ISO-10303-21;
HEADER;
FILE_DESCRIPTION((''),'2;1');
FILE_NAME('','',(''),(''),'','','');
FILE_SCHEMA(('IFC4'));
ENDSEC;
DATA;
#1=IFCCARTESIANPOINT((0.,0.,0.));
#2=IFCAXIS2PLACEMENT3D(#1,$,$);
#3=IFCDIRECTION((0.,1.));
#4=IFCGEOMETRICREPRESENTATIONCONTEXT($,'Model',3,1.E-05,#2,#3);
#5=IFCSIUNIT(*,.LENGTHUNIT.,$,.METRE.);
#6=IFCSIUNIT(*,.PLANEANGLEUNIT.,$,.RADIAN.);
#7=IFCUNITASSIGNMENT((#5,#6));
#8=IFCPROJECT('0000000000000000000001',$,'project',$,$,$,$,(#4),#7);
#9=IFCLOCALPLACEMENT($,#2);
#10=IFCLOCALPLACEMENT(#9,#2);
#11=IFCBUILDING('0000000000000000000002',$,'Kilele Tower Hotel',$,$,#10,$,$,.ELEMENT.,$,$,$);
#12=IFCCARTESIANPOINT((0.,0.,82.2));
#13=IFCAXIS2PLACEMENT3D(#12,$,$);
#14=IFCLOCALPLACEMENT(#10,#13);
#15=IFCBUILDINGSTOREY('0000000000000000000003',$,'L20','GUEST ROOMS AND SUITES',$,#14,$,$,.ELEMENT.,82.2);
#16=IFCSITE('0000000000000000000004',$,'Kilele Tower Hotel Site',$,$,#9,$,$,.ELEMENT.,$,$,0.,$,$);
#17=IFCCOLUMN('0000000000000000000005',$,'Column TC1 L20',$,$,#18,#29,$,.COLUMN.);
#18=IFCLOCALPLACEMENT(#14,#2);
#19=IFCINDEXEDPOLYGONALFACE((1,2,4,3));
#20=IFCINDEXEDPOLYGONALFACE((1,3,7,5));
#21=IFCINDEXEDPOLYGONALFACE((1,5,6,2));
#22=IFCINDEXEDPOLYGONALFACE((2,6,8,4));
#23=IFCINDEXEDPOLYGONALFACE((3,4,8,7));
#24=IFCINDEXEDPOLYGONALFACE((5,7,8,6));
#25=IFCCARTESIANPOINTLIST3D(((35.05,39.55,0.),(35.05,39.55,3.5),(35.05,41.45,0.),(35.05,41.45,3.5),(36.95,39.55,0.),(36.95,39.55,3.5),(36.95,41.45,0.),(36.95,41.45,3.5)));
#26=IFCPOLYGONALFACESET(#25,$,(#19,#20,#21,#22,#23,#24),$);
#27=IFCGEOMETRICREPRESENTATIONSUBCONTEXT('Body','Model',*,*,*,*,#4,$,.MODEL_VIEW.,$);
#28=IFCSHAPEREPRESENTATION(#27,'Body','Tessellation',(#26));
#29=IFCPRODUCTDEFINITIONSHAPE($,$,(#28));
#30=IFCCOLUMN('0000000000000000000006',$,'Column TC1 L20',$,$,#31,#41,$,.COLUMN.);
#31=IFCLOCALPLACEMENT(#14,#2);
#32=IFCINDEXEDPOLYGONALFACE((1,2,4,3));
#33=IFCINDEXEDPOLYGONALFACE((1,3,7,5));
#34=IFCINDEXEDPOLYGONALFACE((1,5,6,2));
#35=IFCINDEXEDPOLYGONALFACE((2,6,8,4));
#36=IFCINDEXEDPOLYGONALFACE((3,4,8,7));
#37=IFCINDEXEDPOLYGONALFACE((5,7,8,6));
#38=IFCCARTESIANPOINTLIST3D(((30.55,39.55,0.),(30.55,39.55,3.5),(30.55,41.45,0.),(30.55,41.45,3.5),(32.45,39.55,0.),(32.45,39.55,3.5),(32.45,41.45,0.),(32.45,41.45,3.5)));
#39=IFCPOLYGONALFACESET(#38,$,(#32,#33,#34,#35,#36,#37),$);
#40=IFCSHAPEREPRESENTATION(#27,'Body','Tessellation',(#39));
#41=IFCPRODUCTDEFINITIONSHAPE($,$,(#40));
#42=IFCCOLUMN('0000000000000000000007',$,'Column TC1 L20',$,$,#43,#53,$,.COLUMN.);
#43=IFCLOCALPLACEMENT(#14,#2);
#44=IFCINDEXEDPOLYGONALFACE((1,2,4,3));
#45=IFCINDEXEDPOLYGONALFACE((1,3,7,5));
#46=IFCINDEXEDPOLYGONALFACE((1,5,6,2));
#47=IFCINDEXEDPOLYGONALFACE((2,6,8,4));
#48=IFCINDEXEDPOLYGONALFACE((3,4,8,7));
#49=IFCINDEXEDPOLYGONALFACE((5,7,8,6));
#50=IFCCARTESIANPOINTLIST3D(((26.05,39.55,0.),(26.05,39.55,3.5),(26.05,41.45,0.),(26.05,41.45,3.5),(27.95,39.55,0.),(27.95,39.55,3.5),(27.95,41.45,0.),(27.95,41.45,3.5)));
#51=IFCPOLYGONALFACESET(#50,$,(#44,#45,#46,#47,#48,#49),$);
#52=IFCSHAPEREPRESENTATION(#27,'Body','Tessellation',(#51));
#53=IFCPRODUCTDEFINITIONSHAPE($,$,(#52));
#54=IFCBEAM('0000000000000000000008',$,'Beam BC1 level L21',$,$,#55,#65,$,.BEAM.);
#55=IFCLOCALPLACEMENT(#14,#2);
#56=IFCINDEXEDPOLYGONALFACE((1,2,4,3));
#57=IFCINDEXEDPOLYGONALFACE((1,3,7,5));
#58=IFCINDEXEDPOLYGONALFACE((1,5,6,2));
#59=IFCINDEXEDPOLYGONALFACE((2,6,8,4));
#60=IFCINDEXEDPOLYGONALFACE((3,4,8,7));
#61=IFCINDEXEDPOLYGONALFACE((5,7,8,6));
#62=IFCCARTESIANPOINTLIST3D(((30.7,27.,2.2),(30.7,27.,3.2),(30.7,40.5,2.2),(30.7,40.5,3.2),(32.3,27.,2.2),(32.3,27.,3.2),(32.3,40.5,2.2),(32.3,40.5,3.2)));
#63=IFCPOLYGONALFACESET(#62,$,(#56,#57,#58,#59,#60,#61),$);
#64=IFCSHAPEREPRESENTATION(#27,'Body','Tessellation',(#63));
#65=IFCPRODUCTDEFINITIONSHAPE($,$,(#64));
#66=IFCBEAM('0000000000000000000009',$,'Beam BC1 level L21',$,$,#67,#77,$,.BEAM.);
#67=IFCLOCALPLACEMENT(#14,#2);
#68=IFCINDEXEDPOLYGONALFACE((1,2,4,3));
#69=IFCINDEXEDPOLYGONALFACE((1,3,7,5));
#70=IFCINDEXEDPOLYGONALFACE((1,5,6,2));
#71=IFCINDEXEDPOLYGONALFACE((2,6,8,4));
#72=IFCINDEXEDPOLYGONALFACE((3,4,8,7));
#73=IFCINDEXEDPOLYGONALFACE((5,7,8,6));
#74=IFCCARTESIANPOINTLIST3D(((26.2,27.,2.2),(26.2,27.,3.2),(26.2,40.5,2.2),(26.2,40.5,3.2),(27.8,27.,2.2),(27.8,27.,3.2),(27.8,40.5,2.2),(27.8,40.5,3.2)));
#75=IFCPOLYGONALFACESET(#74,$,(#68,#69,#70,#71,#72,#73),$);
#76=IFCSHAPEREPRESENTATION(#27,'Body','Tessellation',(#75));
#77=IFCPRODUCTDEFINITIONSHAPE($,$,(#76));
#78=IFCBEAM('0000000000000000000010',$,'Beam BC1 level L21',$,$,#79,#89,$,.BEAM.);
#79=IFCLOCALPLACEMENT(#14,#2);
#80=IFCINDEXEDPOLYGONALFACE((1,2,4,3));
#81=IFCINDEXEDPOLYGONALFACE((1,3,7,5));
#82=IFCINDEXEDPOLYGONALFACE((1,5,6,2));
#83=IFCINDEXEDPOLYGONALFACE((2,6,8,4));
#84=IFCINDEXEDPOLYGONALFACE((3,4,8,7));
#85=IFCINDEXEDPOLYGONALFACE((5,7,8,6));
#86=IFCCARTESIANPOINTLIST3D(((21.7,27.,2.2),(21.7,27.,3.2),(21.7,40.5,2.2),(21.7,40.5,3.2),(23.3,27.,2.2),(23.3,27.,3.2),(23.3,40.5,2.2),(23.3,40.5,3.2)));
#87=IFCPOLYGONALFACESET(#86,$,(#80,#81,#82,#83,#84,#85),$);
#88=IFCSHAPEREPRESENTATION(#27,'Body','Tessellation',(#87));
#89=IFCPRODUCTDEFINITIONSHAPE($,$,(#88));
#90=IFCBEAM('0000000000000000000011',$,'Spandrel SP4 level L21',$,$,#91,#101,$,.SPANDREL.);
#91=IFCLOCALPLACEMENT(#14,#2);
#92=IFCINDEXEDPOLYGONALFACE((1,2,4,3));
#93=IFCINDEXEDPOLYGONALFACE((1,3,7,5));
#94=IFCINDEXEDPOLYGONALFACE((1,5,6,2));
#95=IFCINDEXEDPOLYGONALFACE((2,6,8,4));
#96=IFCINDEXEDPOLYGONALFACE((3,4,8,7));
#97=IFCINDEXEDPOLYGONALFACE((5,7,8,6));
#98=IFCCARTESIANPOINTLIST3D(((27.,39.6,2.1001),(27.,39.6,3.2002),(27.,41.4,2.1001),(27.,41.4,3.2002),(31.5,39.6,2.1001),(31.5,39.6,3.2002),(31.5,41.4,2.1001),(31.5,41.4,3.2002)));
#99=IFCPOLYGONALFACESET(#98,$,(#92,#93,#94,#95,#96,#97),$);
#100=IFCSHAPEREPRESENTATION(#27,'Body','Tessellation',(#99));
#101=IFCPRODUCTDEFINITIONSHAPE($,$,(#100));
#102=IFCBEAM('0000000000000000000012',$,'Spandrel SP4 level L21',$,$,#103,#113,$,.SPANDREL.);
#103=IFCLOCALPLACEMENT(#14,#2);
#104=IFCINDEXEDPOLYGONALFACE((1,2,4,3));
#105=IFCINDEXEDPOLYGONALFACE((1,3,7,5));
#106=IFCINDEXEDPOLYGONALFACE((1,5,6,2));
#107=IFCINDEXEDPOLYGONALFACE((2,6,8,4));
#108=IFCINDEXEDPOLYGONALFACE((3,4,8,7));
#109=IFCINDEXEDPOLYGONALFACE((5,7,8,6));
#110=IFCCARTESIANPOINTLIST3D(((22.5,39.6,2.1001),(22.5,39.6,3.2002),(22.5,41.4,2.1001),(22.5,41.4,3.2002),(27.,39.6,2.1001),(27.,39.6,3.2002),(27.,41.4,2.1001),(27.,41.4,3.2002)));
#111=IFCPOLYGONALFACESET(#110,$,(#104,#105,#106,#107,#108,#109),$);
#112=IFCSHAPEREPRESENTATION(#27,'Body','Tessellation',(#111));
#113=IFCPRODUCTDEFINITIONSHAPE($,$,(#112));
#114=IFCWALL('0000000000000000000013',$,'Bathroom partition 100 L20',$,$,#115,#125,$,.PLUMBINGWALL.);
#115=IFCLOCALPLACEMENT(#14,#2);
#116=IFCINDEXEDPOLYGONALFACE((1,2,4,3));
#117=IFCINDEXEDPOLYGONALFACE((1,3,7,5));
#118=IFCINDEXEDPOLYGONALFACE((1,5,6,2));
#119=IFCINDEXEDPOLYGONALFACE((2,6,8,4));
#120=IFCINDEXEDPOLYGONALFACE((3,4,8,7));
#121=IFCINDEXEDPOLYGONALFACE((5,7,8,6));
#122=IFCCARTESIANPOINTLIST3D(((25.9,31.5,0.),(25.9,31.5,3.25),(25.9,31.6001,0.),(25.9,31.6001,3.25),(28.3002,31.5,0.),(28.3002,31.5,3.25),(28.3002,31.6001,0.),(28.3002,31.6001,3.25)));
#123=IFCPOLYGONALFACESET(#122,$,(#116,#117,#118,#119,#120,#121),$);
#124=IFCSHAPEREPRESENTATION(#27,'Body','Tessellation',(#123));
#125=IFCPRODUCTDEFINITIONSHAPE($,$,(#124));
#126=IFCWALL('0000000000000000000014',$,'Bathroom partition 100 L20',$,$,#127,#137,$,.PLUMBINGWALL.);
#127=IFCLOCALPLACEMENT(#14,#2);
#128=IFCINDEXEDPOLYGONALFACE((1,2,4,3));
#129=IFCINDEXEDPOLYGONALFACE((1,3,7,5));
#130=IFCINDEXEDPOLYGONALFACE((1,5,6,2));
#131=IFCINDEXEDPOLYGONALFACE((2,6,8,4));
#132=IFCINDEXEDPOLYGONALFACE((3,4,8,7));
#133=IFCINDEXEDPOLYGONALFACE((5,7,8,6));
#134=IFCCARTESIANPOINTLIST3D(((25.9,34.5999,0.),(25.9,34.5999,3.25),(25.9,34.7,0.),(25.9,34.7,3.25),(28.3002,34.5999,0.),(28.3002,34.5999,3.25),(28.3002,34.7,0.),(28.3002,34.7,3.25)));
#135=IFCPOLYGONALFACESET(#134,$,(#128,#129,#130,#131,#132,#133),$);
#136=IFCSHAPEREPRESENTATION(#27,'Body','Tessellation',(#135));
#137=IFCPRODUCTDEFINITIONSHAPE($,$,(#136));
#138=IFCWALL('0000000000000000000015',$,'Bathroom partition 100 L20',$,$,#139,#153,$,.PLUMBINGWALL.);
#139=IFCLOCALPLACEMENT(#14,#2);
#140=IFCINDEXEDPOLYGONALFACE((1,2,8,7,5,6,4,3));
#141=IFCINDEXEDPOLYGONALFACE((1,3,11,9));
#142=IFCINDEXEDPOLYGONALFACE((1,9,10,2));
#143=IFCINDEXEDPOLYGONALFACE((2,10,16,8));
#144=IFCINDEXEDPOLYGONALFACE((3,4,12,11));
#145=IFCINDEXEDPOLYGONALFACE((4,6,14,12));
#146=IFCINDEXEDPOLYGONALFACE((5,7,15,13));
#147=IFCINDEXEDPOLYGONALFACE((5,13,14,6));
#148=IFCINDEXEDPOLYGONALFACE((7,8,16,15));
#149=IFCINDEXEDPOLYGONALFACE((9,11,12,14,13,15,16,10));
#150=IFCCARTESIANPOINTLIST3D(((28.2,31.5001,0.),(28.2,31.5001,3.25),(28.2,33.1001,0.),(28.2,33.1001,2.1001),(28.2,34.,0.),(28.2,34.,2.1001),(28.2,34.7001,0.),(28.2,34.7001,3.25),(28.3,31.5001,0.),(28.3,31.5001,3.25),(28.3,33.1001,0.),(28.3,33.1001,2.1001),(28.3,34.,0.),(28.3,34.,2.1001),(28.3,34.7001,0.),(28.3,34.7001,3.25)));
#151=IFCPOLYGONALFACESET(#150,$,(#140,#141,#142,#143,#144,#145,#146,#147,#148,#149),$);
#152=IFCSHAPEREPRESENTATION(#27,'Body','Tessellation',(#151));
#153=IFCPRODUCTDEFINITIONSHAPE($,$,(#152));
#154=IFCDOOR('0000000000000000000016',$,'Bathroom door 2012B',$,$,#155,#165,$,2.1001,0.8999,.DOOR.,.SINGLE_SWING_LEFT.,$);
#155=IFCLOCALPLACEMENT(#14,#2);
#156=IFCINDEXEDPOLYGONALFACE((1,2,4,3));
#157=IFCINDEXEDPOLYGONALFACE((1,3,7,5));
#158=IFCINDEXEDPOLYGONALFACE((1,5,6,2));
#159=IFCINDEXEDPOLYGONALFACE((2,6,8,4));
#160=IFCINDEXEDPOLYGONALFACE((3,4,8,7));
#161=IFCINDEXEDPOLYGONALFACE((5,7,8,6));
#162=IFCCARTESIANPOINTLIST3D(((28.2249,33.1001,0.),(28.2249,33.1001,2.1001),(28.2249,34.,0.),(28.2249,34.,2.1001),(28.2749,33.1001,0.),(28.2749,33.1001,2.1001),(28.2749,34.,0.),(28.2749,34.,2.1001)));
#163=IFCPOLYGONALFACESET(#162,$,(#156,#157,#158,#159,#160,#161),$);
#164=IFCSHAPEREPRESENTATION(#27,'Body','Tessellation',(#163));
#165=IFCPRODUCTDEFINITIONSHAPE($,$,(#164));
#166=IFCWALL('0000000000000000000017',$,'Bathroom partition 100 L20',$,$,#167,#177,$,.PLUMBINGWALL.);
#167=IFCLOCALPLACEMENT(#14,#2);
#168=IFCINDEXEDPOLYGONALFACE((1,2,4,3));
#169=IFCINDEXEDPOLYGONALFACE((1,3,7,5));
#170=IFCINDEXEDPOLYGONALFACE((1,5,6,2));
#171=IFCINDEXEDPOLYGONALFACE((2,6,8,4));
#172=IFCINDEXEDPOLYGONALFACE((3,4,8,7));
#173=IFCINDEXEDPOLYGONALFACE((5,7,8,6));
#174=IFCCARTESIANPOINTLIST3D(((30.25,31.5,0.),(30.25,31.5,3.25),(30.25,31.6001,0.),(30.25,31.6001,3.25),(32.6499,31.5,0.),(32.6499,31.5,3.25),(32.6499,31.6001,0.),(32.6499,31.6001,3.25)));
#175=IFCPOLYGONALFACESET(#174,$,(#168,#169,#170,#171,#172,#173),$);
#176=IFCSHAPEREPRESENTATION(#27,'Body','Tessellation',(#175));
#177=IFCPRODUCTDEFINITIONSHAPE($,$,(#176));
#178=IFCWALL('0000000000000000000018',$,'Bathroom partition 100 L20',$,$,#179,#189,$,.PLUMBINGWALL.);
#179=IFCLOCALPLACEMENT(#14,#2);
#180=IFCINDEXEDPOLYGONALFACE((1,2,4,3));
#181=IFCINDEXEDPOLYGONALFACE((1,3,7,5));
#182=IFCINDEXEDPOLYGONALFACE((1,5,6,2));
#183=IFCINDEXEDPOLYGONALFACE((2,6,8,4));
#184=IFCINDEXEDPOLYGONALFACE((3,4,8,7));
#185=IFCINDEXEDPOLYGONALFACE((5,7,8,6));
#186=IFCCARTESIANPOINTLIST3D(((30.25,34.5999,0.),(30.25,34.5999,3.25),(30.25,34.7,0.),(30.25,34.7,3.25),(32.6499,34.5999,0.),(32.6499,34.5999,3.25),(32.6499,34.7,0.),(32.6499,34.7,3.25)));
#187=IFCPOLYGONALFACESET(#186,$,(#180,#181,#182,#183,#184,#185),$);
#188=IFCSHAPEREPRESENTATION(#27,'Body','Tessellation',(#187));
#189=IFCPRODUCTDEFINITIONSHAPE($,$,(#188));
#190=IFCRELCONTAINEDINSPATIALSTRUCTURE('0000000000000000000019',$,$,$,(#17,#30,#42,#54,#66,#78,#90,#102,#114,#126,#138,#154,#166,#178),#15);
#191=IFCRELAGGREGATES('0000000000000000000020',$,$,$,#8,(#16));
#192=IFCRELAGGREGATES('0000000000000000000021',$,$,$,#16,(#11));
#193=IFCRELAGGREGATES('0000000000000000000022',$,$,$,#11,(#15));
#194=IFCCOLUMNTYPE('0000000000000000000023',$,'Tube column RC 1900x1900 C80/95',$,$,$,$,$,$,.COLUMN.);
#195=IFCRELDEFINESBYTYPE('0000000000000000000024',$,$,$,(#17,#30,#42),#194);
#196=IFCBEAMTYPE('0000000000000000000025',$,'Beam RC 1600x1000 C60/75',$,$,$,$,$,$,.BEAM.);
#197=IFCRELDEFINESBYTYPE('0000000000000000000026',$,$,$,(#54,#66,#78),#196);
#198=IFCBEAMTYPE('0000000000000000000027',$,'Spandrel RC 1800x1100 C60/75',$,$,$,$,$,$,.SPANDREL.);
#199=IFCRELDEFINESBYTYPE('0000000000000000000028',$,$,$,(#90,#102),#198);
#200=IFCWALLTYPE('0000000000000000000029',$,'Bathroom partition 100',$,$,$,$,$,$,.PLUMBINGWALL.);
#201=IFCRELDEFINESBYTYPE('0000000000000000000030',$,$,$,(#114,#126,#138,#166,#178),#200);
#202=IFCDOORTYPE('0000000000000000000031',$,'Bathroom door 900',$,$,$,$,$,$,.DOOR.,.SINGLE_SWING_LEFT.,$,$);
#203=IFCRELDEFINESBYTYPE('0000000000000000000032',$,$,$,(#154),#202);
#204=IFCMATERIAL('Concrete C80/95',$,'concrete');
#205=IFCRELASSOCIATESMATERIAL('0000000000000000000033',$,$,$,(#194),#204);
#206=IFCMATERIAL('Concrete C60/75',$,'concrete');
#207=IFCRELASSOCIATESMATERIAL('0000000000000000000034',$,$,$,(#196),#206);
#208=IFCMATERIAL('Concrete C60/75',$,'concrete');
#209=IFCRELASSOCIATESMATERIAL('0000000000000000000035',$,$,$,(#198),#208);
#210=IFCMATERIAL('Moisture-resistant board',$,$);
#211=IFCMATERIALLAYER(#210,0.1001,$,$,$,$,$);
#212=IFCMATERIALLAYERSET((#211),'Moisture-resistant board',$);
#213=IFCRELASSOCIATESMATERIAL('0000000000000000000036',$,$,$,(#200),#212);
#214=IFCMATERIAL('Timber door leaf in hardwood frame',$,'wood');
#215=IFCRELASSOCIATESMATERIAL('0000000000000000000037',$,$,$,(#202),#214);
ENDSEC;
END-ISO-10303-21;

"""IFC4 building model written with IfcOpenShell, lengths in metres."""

from ifc_helpers import new_model, si_unit, direction, frame, frame_2d, origin, origin_2d, place, context, subcontext, project, spatial, rectangle, extrude, material, layer, layer_set, material_profile, profile_set, type_object, element, fill, save


model = new_model("IFC4")

# Units and contexts
model_context = context("Model", 3, precision=1e-05, world=origin(), true_north=direction((0.0, 1.0)))
body_context = subcontext(model_context, "Body", "Model", "MODEL_VIEW")
ifc_project = project(units=[si_unit("LENGTHUNIT", "METRE"), si_unit("PLANEANGLEUNIT", "RADIAN")], contexts=[model_context])

# Site, building, storey
site_placement = place(None, origin())
site = spatial("IfcSite", under=ifc_project, at=site_placement, Name="Kilele Tower Hotel Site", CompositionType="ELEMENT", RefElevation=0.0)
building_placement = place(site_placement, origin())
building = spatial("IfcBuilding", under=site, at=building_placement, Name="Kilele Tower Hotel", CompositionType="ELEMENT")
storey_placement = place(building_placement, frame((0.0, 0.0, 82.2)))
storey = spatial("IfcBuildingStorey", under=building, at=storey_placement, Name="L20", Description="GUEST ROOMS AND SUITES", CompositionType="ELEMENT", Elevation=82.2)

# Columns
ifc_material_1 = material(Name="Concrete C80/95", Category="concrete")
ifc_material_profile_1 = material_profile(ifc_material_1, rectangle(XDim=1.8999, YDim=1.8999, at=origin_2d()))
ifc_profile_set_1 = profile_set([ifc_material_profile_1], Name="Concrete C80/95")
column_type = type_object("IfcColumnType", Name="Tube column RC 1900x1900 C80/95", PredefinedType="COLUMN", material=ifc_profile_set_1)
for number, where, z_axis, x_axis, name in (
    (1, (36.0, 40.5, 0.0), (0.0, 0.0, 1.0), (1.0, 0.0, 0.0), "Column TC1 L20"),
    (2, (31.5, 40.5, 0.0), (0.0, 0.0, 1.0), (1.0, 0.0, 0.0), "Column TC1 L20"),
    (3, (27.0, 40.5, 0.0), (0.0, 0.0, 1.0), (1.0, 0.0, 0.0), "Column TC1 L20"),
):
    element("IfcColumn", number, at=place(storey_placement, frame(where, z_axis=z_axis, x_axis=x_axis)), inside=storey, type_object=column_type, Name=name, PredefinedType="COLUMN", context=body_context, shape_type="SweptSolid", body=[
        extrude(rectangle(XDim=1.8999, YDim=1.8999, at=origin_2d()), origin(), (0.0, 0.0, 1.0), 3.5),
    ])

# Beams
ifc_material_2 = material(Name="Concrete C60/75", Category="concrete")
ifc_material_profile_2 = material_profile(ifc_material_2, rectangle(XDim=1.6001, YDim=1.0, at=origin_2d()))
ifc_profile_set_2 = profile_set([ifc_material_profile_2], Name="Concrete C60/75")
beam_type_1 = type_object("IfcBeamType", Name="Beam RC 1600x1000 C60/75", PredefinedType="BEAM", material=ifc_profile_set_2)
for number, where, z_axis, x_axis, name in (
    (4, (31.5, 40.5, 2.7), (0.0, -1.0, 0.0), (1.0, 0.0, 0.0), "Beam BC1 level L21"),
    (5, (27.0, 40.5, 2.7), (0.0, -1.0, 0.0), (1.0, 0.0, 0.0), "Beam BC1 level L21"),
    (6, (22.5, 40.5, 2.7), (0.0, -1.0, 0.0), (1.0, 0.0, 0.0), "Beam BC1 level L21"),
):
    element("IfcBeam", number, at=place(storey_placement, frame(where, z_axis=z_axis, x_axis=x_axis)), inside=storey, type_object=beam_type_1, Name=name, PredefinedType="BEAM", context=body_context, shape_type="SweptSolid", body=[
        extrude(rectangle(XDim=1.6001, YDim=1.0, at=origin_2d()), origin(), (0.0, 0.0, 1.0), 13.5),
    ])
ifc_material_3 = material(Name="Concrete C60/75", Category="concrete")
ifc_material_profile_3 = material_profile(ifc_material_3, rectangle(XDim=1.8, YDim=1.1001, at=origin_2d()))
ifc_profile_set_3 = profile_set([ifc_material_profile_3], Name="Concrete C60/75")
beam_type_2 = type_object("IfcBeamType", Name="Spandrel RC 1800x1100 C60/75", PredefinedType="SPANDREL", material=ifc_profile_set_3)
for number, where, z_axis, x_axis, name in (
    (7, (31.5, 40.5, 2.6501), (-1.0, 0.0, 0.0), (0.0, -1.0, 0.0), "Spandrel SP4 level L21"),
    (8, (27.0, 40.5, 2.6501), (-1.0, 0.0, 0.0), (0.0, -1.0, 0.0), "Spandrel SP4 level L21"),
):
    element("IfcBeam", number, at=place(storey_placement, frame(where, z_axis=z_axis, x_axis=x_axis)), inside=storey, type_object=beam_type_2, Name=name, PredefinedType="SPANDREL", context=body_context, shape_type="SweptSolid", body=[
        extrude(rectangle(XDim=1.8, YDim=1.1001, at=origin_2d()), origin(), (0.0, 0.0, 1.0), 4.5),
    ])

# Walls
ifc_material_4 = material(Name="Moisture-resistant board")
ifc_layer_1 = layer(ifc_material_4, 0.1001)
ifc_layer_set_1 = layer_set([ifc_layer_1], Name="Moisture-resistant board")
wall_type_1 = type_object("IfcWallType", Name="Bathroom partition 100", PredefinedType="PLUMBINGWALL", material=ifc_layer_set_1)
for number, where, z_axis, x_axis, name in (
    (9, (25.8999, 31.55, 0.0), (0.0, 0.0, 1.0), (1.0, 0.0, 0.0), "Bathroom partition 100 L20"),
    (10, (25.8999, 34.6499, 0.0), (0.0, 0.0, 1.0), (1.0, 0.0, 0.0), "Bathroom partition 100 L20"),
):
    element("IfcWall", number, at=place(storey_placement, frame(where, z_axis=z_axis, x_axis=x_axis)), inside=storey, type_object=wall_type_1, Name=name, PredefinedType="PLUMBINGWALL", context=body_context, shape_type="SweptSolid", body=[
        extrude(rectangle(XDim=2.4001, YDim=0.1001, at=frame_2d((1.2002, 0.0))), origin(), (0.0, 0.0, 1.0), 3.25),
    ])

# Wall, opening, door
wall_1_placement = place(storey_placement, frame((28.25, 31.5, 0.0), z_axis=(0.0, 0.0, 1.0), x_axis=(0.0, 1.0, 0.0)))
wall_1 = element("IfcWall", 11, at=wall_1_placement, inside=storey, type_object=wall_type_1, Name="Bathroom partition 100 L20", PredefinedType="PLUMBINGWALL", context=body_context, shape_type="SweptSolid", body=[
    extrude(rectangle(XDim=3.2, YDim=0.1001, at=frame_2d((1.6001, 0.0))), origin(), (0.0, 0.0, 1.0), 3.25),
])
opening_1_placement = place(wall_1_placement, frame((2.5, 0.0, 0.0), z_axis=(0.0, 0.0, 1.0), x_axis=(-1.0, 0.0, 0.0)))
opening_1 = element("IfcOpeningElement", 12, at=opening_1_placement, cuts=wall_1, PredefinedType="OPENING", context=body_context, shape_type="SweptSolid", body=[
    extrude(rectangle(XDim=0.8999, YDim=2.1001, at=frame_2d((0.45, 1.05))), frame((0.0, 0.0601, 0.0), z_axis=(0.0, -1.0, 0.0), x_axis=(1.0, 0.0, 0.0)), (0.0, 0.0, 1.0), 0.1201),
])
ifc_material_5 = material(Name="Timber door leaf in hardwood frame", Category="wood")
door_type_1 = type_object("IfcDoorType", Name="Bathroom door 900", OperationType="SINGLE_SWING_LEFT", PredefinedType="DOOR", material=ifc_material_5)
door_1_placement = place(opening_1_placement, origin())
door_1 = element("IfcDoor", 13, at=door_1_placement, inside=storey, type_object=door_type_1, Name="Bathroom door 2012B", OperationType="SINGLE_SWING_LEFT", OverallHeight=2.1001, OverallWidth=0.8999, PredefinedType="DOOR", context=body_context, shape_type="SweptSolid", body=[
    extrude(rectangle(XDim=0.8999, YDim=2.1001, at=frame_2d((0.45, 1.05))), frame((0.0, 0.0249, 0.0), z_axis=(0.0, -1.0, 0.0), x_axis=(1.0, 0.0, 0.0)), (0.0, 0.0, 1.0), 0.05),
])
fill(opening_1, door_1)

# Walls
for number, where, z_axis, x_axis, name in (
    (14, (30.25, 31.55, 0.0), (0.0, 0.0, 1.0), (1.0, 0.0, 0.0), "Bathroom partition 100 L20"),
    (15, (30.25, 34.6499, 0.0), (0.0, 0.0, 1.0), (1.0, 0.0, 0.0), "Bathroom partition 100 L20"),
):
    element("IfcWall", number, at=place(storey_placement, frame(where, z_axis=z_axis, x_axis=x_axis)), inside=storey, type_object=wall_type_1, Name=name, PredefinedType="PLUMBINGWALL", context=body_context, shape_type="SweptSolid", body=[
        extrude(rectangle(XDim=2.3999, YDim=0.1001, at=frame_2d((1.2, 0.0))), origin(), (0.0, 0.0, 1.0), 3.25),
    ])

save(model, "model.ifc")
